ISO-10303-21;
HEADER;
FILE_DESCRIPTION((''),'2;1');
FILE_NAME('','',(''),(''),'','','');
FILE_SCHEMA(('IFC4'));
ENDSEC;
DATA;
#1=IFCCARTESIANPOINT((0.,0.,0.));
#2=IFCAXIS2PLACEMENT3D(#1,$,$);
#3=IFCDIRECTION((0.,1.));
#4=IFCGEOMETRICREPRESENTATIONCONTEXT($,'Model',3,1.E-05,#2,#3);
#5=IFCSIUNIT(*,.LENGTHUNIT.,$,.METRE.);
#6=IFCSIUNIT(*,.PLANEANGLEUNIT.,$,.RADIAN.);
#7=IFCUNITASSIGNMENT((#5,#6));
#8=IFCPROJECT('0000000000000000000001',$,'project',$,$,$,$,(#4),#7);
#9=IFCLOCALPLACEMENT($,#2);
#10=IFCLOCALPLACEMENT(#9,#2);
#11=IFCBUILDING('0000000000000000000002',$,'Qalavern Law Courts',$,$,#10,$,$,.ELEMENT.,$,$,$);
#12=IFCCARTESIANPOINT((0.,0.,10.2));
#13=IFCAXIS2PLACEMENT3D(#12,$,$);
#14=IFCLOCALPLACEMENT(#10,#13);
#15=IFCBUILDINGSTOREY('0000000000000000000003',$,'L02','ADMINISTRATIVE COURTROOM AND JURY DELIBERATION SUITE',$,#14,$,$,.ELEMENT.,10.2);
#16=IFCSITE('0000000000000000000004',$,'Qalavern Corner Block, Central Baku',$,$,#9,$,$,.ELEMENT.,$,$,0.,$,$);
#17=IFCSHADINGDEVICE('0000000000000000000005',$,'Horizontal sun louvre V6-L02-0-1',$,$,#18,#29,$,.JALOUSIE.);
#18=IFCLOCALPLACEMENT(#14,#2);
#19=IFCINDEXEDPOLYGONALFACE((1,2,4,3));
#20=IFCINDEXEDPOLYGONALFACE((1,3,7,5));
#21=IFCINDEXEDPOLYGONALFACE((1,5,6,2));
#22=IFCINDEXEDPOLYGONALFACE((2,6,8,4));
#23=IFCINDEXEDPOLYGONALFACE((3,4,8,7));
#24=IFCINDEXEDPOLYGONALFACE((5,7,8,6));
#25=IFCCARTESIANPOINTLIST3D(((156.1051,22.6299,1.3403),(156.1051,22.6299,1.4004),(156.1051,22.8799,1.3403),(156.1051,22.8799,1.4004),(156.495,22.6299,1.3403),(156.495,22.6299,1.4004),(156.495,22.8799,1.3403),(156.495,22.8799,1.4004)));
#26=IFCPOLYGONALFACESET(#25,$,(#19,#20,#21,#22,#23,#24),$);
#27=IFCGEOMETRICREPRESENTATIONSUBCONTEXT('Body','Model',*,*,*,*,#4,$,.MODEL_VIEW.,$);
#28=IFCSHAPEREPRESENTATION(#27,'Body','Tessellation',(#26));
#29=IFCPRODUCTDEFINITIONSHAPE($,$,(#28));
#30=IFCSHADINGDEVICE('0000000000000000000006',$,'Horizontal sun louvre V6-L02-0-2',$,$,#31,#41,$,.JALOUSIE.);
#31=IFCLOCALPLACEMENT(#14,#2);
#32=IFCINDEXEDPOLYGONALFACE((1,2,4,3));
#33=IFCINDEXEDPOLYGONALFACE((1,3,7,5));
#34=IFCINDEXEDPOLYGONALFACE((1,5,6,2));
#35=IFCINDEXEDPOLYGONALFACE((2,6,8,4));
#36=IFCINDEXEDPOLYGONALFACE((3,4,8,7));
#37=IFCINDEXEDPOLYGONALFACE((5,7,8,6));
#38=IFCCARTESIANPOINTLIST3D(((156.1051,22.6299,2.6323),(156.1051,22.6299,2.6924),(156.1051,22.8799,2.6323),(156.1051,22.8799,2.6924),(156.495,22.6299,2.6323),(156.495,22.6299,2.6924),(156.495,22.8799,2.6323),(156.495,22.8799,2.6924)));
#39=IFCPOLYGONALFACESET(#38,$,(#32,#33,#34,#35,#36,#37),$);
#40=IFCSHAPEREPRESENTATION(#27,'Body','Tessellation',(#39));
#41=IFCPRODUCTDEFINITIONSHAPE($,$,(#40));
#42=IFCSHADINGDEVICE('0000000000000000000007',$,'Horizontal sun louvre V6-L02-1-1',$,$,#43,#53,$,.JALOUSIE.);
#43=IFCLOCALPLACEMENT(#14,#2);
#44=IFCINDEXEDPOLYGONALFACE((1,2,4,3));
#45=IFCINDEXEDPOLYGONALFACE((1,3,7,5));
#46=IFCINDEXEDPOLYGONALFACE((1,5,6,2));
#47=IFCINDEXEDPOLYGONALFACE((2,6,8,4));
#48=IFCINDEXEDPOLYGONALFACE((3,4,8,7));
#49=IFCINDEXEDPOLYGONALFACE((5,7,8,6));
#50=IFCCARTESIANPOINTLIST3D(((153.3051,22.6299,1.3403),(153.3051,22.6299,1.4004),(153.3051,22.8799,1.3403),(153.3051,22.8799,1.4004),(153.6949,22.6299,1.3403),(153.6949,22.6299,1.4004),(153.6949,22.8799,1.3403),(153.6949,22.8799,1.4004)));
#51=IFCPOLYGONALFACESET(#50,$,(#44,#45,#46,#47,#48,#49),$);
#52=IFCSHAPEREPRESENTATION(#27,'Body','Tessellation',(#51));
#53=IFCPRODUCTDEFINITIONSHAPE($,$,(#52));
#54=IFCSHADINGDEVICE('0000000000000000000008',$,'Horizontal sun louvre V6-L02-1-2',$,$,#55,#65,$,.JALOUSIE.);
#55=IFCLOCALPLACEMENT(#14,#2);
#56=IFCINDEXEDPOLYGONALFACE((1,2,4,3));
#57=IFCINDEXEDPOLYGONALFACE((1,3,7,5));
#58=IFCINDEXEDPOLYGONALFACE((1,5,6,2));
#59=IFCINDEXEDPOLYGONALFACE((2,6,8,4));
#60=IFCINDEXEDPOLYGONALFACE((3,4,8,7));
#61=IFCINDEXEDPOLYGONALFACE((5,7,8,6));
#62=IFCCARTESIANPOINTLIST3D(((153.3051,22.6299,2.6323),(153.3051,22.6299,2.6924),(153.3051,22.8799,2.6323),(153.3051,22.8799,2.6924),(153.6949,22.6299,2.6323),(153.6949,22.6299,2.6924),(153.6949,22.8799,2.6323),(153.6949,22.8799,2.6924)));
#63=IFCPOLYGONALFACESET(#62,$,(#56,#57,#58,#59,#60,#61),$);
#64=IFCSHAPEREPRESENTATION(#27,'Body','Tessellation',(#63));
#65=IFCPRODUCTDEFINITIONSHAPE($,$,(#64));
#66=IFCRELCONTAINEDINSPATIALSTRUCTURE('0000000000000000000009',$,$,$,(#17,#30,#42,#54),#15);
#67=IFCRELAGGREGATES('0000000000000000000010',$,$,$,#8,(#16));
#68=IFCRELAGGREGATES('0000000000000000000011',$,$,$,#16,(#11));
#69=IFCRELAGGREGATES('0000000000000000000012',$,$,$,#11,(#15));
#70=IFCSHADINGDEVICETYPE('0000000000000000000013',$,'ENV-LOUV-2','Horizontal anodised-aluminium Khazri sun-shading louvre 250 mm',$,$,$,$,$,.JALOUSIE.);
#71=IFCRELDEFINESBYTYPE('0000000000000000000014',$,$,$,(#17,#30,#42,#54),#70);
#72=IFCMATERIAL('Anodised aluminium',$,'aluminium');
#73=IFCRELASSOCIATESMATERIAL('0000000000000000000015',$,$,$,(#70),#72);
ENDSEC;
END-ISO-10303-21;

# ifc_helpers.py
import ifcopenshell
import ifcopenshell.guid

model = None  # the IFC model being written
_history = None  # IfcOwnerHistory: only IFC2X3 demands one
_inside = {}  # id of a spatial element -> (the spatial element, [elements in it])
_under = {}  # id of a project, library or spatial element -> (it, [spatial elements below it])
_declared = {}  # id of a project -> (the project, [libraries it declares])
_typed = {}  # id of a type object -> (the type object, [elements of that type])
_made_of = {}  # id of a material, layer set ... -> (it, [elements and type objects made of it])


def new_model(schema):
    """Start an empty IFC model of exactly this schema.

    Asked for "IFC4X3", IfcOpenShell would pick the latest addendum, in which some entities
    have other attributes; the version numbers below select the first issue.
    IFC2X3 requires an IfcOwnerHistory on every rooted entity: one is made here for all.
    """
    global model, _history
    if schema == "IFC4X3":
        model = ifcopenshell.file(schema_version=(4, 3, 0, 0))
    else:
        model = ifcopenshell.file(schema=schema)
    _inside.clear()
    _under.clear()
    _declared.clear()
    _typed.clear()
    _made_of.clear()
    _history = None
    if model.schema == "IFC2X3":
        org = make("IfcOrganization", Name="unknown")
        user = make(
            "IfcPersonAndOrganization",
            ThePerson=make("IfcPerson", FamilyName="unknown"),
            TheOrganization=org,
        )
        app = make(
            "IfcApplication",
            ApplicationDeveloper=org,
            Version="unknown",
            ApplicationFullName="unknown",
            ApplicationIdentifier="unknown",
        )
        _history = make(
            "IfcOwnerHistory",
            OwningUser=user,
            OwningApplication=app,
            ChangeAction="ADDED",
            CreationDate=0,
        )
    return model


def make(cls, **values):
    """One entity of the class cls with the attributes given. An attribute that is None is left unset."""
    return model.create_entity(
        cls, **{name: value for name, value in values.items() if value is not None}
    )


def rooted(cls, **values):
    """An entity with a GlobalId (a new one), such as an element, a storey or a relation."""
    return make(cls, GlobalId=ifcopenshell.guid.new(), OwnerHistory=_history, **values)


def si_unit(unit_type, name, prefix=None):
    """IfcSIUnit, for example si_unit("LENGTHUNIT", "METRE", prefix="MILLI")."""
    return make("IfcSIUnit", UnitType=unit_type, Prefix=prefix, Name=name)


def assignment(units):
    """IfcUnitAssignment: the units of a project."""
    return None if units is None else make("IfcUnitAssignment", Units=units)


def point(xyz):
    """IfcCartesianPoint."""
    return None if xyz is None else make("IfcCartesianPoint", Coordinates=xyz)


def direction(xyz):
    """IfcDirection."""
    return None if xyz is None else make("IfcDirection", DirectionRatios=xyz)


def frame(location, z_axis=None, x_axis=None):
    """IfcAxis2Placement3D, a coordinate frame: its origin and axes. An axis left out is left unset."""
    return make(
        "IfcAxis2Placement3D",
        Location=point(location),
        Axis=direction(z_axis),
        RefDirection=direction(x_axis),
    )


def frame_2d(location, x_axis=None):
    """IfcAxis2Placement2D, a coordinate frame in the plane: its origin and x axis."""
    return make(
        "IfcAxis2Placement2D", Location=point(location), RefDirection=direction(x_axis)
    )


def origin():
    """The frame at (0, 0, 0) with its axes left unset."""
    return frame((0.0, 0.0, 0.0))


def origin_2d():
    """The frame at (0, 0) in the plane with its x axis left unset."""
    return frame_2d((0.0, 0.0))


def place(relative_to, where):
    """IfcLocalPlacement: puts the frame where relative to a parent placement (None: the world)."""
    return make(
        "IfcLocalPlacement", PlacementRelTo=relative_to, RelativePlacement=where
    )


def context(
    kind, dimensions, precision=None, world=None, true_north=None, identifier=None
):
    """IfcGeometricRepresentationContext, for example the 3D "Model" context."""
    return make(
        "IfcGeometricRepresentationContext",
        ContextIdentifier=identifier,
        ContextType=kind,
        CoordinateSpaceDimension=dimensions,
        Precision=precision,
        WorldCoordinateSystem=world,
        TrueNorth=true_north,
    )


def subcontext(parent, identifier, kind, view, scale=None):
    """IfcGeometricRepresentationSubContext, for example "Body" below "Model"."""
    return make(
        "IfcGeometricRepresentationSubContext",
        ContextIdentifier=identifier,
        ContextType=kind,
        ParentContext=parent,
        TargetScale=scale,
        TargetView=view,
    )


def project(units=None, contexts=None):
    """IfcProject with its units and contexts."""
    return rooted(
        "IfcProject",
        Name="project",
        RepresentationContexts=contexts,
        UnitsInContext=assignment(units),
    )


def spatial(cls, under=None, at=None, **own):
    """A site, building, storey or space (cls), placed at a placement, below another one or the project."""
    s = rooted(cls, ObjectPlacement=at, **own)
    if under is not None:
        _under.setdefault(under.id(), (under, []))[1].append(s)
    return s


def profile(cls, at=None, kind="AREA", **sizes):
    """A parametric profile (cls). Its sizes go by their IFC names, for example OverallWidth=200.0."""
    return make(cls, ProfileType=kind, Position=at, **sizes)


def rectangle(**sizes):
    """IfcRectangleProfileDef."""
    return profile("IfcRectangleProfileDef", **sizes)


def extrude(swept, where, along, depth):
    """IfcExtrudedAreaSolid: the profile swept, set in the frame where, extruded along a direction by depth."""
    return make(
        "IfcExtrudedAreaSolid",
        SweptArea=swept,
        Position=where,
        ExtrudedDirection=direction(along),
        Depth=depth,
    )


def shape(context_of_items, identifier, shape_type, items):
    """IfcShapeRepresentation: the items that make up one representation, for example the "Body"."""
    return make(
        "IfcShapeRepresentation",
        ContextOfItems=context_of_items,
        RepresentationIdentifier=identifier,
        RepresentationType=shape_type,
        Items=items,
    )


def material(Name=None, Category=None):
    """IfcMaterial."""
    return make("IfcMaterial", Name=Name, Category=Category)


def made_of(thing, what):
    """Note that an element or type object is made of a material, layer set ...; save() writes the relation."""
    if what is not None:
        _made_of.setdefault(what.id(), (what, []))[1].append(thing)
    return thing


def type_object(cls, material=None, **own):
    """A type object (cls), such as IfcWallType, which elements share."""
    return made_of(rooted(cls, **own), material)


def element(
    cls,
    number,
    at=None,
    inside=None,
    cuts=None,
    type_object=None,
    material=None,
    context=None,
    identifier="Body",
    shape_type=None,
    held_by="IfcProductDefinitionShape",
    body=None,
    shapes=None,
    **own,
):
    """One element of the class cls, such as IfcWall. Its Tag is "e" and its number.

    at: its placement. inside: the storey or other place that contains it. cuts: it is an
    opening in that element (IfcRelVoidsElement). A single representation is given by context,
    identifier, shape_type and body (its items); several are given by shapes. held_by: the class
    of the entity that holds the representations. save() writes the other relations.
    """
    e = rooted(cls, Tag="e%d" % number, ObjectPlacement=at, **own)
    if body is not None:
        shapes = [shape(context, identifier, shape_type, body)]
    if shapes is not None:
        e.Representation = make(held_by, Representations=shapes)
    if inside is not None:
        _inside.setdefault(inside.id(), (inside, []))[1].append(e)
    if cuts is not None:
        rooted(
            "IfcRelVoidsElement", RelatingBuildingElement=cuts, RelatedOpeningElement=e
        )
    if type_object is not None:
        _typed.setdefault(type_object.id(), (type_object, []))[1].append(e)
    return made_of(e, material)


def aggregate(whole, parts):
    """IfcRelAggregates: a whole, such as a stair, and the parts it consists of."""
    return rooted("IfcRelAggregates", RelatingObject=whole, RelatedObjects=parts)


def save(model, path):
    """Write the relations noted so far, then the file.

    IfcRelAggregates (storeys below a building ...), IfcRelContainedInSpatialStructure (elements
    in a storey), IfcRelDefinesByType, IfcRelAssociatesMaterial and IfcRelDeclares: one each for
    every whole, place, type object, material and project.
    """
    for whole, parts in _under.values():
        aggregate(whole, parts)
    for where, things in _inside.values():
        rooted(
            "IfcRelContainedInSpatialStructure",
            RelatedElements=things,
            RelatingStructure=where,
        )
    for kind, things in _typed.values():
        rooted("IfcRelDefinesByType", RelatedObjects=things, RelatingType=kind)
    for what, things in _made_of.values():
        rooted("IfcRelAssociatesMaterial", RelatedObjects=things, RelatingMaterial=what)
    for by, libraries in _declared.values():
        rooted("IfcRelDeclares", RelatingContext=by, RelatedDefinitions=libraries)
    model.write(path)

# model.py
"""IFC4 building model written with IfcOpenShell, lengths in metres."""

from ifc_helpers import new_model, si_unit, direction, frame, origin, origin_2d, place, context, subcontext, project, spatial, rectangle, extrude, material, type_object, element, save


model = new_model("IFC4")

# Units and contexts
model_context = context("Model", 3, precision=1e-05, world=origin(), true_north=direction((0.0, 1.0)))
body_context = subcontext(model_context, "Body", "Model", "MODEL_VIEW")
ifc_project = project(units=[si_unit("LENGTHUNIT", "METRE"), si_unit("PLANEANGLEUNIT", "RADIAN")], contexts=[model_context])

# Site, building, storey
site_placement = place(None, origin())
site = spatial("IfcSite", under=ifc_project, at=site_placement, Name="Qalavern Corner Block, Central Baku", CompositionType="ELEMENT", RefElevation=0.0)
building_placement = place(site_placement, origin())
building = spatial("IfcBuilding", under=site, at=building_placement, Name="Qalavern Law Courts", CompositionType="ELEMENT")
storey_placement = place(building_placement, frame((0.0, 0.0, 10.2)))
storey = spatial("IfcBuildingStorey", under=building, at=storey_placement, Name="L02", Description="ADMINISTRATIVE COURTROOM AND JURY DELIBERATION SUITE", CompositionType="ELEMENT", Elevation=10.2)

# Shading devices
ifc_material_1 = material(Name="Anodised aluminium", Category="aluminium")
shading_device_type_1 = type_object("IfcShadingDeviceType", Name="ENV-LOUV-2", Description="Horizontal anodised-aluminium Khazri sun-shading louvre 250 mm", PredefinedType="JALOUSIE", material=ifc_material_1)
for number, where, z_axis, x_axis, name in (
    (1, (156.3, 22.7549, 1.3403), (0.0, 0.0, 1.0), (-1.0, 0.0, 0.0), "Horizontal sun louvre V6-L02-0-1"),
    (2, (156.3, 22.7549, 2.6323), (0.0, 0.0, 1.0), (-1.0, 0.0, 0.0), "Horizontal sun louvre V6-L02-0-2"),
    (3, (153.5, 22.7549, 1.3403), (0.0, 0.0, 1.0), (-1.0, 0.0, 0.0), "Horizontal sun louvre V6-L02-1-1"),
    (4, (153.5, 22.7549, 2.6323), (0.0, 0.0, 1.0), (-1.0, 0.0, 0.0), "Horizontal sun louvre V6-L02-1-2"),
):
    element("IfcShadingDevice", number, at=place(storey_placement, frame(where, z_axis=z_axis, x_axis=x_axis)), inside=storey, type_object=shading_device_type_1, Name=name, PredefinedType="JALOUSIE", context=body_context, shape_type="SweptSolid", body=[
        extrude(rectangle(XDim=0.3899, YDim=0.25, at=origin_2d()), origin(), (0.0, 0.0, 1.0), 0.0601),
    ])

save(model, "model.ifc")
